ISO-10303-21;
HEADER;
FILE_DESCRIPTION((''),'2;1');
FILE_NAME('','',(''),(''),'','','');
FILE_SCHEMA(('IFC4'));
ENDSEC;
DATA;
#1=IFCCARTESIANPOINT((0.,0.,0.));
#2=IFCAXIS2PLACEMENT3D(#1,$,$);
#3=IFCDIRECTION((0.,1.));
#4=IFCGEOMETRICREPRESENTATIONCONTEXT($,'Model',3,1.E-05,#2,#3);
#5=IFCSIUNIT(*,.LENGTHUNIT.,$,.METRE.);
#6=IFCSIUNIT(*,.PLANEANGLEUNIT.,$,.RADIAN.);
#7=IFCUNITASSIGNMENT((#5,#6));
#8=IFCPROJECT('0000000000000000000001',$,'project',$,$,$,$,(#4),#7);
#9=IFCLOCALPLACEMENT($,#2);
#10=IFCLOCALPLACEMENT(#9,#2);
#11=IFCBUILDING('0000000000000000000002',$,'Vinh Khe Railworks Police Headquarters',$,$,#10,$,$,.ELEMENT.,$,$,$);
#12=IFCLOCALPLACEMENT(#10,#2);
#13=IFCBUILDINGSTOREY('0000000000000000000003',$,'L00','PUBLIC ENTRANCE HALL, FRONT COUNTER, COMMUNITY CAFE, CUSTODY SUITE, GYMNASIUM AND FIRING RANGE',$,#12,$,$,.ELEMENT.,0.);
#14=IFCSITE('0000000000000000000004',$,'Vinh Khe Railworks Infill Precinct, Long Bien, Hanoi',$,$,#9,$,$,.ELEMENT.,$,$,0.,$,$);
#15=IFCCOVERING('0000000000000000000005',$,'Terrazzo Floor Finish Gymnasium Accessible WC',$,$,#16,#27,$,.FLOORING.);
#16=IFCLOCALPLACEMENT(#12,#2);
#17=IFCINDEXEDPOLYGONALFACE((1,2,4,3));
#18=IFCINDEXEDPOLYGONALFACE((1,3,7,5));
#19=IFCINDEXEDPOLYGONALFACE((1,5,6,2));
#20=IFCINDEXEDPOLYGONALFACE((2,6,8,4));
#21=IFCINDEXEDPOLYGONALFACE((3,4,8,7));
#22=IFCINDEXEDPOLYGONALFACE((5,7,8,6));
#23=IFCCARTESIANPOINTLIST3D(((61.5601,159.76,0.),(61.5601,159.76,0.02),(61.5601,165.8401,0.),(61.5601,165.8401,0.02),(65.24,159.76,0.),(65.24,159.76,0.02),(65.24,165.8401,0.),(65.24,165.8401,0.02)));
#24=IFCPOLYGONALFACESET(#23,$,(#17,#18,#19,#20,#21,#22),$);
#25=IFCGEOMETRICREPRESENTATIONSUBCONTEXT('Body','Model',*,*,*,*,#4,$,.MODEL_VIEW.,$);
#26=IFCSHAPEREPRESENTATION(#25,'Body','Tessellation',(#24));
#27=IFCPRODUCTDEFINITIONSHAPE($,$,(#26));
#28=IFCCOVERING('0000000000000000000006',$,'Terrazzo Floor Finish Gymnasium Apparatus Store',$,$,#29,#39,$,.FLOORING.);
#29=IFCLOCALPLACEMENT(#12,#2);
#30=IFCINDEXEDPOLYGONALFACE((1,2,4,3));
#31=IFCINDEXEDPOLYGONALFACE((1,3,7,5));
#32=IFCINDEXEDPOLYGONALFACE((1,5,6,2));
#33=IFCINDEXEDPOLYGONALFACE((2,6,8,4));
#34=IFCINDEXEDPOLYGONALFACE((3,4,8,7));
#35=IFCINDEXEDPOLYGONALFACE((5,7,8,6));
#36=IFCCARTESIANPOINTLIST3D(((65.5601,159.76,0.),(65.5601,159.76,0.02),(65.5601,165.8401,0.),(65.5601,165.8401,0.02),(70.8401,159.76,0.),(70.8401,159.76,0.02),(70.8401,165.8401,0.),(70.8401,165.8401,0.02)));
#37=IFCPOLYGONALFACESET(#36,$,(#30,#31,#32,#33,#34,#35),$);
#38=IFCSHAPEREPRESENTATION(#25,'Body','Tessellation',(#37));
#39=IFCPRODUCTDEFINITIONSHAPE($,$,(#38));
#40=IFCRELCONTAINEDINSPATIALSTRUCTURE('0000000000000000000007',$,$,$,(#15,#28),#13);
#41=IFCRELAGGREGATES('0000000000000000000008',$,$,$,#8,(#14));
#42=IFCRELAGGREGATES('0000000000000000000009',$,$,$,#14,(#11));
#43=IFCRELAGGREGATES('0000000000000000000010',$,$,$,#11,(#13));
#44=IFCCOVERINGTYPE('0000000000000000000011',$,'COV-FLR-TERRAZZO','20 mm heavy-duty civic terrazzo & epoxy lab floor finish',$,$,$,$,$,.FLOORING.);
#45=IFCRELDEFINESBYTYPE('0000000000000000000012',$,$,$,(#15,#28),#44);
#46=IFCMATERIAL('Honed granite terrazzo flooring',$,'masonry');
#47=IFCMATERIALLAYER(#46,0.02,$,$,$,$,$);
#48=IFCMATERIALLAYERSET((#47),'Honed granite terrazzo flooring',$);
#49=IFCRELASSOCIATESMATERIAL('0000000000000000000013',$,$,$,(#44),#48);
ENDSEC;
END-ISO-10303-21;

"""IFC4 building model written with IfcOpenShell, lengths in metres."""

from ifc_helpers import new_model, si_unit, direction, origin, place, context, subcontext, project, spatial, polyline, outline, extrude, material, layer, layer_set, type_object, element, save


model = new_model("IFC4")

# Units and contexts
model_context = context("Model", 3, precision=1e-05, world=origin(), true_north=direction((0.0, 1.0)))
body_context = subcontext(model_context, "Body", "Model", "MODEL_VIEW")
ifc_project = project(units=[si_unit("LENGTHUNIT", "METRE"), si_unit("PLANEANGLEUNIT", "RADIAN")], contexts=[model_context])

# Site, building, storey
site_placement = place(None, origin())
site = spatial("IfcSite", under=ifc_project, at=site_placement, Name="Vinh Khe Railworks Infill Precinct, Long Bien, Hanoi", CompositionType="ELEMENT", RefElevation=0.0)
building_placement = place(site_placement, origin())
building = spatial("IfcBuilding", under=site, at=building_placement, Name="Vinh Khe Railworks Police Headquarters", CompositionType="ELEMENT")
storey_placement = place(building_placement, origin())
storey = spatial("IfcBuildingStorey", under=building, at=storey_placement, Name="L00", Description="PUBLIC ENTRANCE HALL, FRONT COUNTER, COMMUNITY CAFE, CUSTODY SUITE, GYMNASIUM AND FIRING RANGE", CompositionType="ELEMENT", Elevation=0.0)

# Coverings
ifc_material_1 = material(Name="Honed granite terrazzo flooring", Category="masonry")
ifc_layer_1 = layer(ifc_material_1, 0.02)
ifc_layer_set_1 = layer_set([ifc_layer_1], Name="Honed granite terrazzo flooring")
covering_type_1 = type_object("IfcCoveringType", Name="COV-FLR-TERRAZZO", Description="20 mm heavy-duty civic terrazzo & epoxy lab floor finish", PredefinedType="FLOORING", material=ifc_layer_set_1)
covering_1_placement = place(storey_placement, origin())
element("IfcCovering", 1, at=covering_1_placement, inside=storey, type_object=covering_type_1, Name="Terrazzo Floor Finish Gymnasium Accessible WC", PredefinedType="FLOORING", context=body_context, shape_type="SweptSolid", body=[
    extrude(outline(polyline([(65.24, 165.8401), (61.5601, 165.8401), (61.5601, 159.76), (65.24, 159.76), (65.24, 165.8401)])), origin(), (0.0, 0.0, 1.0), 0.02),
])
covering_2_placement = place(storey_placement, origin())
element("IfcCovering", 2, at=covering_2_placement, inside=storey, type_object=covering_type_1, Name="Terrazzo Floor Finish Gymnasium Apparatus Store", PredefinedType="FLOORING", context=body_context, shape_type="SweptSolid", body=[
    extrude(outline(polyline([(70.8401, 165.8401), (65.5601, 165.8401), (65.5601, 159.76), (70.8401, 159.76), (70.8401, 165.8401)])), origin(), (0.0, 0.0, 1.0), 0.02),
])

save(model, "model.ifc")
